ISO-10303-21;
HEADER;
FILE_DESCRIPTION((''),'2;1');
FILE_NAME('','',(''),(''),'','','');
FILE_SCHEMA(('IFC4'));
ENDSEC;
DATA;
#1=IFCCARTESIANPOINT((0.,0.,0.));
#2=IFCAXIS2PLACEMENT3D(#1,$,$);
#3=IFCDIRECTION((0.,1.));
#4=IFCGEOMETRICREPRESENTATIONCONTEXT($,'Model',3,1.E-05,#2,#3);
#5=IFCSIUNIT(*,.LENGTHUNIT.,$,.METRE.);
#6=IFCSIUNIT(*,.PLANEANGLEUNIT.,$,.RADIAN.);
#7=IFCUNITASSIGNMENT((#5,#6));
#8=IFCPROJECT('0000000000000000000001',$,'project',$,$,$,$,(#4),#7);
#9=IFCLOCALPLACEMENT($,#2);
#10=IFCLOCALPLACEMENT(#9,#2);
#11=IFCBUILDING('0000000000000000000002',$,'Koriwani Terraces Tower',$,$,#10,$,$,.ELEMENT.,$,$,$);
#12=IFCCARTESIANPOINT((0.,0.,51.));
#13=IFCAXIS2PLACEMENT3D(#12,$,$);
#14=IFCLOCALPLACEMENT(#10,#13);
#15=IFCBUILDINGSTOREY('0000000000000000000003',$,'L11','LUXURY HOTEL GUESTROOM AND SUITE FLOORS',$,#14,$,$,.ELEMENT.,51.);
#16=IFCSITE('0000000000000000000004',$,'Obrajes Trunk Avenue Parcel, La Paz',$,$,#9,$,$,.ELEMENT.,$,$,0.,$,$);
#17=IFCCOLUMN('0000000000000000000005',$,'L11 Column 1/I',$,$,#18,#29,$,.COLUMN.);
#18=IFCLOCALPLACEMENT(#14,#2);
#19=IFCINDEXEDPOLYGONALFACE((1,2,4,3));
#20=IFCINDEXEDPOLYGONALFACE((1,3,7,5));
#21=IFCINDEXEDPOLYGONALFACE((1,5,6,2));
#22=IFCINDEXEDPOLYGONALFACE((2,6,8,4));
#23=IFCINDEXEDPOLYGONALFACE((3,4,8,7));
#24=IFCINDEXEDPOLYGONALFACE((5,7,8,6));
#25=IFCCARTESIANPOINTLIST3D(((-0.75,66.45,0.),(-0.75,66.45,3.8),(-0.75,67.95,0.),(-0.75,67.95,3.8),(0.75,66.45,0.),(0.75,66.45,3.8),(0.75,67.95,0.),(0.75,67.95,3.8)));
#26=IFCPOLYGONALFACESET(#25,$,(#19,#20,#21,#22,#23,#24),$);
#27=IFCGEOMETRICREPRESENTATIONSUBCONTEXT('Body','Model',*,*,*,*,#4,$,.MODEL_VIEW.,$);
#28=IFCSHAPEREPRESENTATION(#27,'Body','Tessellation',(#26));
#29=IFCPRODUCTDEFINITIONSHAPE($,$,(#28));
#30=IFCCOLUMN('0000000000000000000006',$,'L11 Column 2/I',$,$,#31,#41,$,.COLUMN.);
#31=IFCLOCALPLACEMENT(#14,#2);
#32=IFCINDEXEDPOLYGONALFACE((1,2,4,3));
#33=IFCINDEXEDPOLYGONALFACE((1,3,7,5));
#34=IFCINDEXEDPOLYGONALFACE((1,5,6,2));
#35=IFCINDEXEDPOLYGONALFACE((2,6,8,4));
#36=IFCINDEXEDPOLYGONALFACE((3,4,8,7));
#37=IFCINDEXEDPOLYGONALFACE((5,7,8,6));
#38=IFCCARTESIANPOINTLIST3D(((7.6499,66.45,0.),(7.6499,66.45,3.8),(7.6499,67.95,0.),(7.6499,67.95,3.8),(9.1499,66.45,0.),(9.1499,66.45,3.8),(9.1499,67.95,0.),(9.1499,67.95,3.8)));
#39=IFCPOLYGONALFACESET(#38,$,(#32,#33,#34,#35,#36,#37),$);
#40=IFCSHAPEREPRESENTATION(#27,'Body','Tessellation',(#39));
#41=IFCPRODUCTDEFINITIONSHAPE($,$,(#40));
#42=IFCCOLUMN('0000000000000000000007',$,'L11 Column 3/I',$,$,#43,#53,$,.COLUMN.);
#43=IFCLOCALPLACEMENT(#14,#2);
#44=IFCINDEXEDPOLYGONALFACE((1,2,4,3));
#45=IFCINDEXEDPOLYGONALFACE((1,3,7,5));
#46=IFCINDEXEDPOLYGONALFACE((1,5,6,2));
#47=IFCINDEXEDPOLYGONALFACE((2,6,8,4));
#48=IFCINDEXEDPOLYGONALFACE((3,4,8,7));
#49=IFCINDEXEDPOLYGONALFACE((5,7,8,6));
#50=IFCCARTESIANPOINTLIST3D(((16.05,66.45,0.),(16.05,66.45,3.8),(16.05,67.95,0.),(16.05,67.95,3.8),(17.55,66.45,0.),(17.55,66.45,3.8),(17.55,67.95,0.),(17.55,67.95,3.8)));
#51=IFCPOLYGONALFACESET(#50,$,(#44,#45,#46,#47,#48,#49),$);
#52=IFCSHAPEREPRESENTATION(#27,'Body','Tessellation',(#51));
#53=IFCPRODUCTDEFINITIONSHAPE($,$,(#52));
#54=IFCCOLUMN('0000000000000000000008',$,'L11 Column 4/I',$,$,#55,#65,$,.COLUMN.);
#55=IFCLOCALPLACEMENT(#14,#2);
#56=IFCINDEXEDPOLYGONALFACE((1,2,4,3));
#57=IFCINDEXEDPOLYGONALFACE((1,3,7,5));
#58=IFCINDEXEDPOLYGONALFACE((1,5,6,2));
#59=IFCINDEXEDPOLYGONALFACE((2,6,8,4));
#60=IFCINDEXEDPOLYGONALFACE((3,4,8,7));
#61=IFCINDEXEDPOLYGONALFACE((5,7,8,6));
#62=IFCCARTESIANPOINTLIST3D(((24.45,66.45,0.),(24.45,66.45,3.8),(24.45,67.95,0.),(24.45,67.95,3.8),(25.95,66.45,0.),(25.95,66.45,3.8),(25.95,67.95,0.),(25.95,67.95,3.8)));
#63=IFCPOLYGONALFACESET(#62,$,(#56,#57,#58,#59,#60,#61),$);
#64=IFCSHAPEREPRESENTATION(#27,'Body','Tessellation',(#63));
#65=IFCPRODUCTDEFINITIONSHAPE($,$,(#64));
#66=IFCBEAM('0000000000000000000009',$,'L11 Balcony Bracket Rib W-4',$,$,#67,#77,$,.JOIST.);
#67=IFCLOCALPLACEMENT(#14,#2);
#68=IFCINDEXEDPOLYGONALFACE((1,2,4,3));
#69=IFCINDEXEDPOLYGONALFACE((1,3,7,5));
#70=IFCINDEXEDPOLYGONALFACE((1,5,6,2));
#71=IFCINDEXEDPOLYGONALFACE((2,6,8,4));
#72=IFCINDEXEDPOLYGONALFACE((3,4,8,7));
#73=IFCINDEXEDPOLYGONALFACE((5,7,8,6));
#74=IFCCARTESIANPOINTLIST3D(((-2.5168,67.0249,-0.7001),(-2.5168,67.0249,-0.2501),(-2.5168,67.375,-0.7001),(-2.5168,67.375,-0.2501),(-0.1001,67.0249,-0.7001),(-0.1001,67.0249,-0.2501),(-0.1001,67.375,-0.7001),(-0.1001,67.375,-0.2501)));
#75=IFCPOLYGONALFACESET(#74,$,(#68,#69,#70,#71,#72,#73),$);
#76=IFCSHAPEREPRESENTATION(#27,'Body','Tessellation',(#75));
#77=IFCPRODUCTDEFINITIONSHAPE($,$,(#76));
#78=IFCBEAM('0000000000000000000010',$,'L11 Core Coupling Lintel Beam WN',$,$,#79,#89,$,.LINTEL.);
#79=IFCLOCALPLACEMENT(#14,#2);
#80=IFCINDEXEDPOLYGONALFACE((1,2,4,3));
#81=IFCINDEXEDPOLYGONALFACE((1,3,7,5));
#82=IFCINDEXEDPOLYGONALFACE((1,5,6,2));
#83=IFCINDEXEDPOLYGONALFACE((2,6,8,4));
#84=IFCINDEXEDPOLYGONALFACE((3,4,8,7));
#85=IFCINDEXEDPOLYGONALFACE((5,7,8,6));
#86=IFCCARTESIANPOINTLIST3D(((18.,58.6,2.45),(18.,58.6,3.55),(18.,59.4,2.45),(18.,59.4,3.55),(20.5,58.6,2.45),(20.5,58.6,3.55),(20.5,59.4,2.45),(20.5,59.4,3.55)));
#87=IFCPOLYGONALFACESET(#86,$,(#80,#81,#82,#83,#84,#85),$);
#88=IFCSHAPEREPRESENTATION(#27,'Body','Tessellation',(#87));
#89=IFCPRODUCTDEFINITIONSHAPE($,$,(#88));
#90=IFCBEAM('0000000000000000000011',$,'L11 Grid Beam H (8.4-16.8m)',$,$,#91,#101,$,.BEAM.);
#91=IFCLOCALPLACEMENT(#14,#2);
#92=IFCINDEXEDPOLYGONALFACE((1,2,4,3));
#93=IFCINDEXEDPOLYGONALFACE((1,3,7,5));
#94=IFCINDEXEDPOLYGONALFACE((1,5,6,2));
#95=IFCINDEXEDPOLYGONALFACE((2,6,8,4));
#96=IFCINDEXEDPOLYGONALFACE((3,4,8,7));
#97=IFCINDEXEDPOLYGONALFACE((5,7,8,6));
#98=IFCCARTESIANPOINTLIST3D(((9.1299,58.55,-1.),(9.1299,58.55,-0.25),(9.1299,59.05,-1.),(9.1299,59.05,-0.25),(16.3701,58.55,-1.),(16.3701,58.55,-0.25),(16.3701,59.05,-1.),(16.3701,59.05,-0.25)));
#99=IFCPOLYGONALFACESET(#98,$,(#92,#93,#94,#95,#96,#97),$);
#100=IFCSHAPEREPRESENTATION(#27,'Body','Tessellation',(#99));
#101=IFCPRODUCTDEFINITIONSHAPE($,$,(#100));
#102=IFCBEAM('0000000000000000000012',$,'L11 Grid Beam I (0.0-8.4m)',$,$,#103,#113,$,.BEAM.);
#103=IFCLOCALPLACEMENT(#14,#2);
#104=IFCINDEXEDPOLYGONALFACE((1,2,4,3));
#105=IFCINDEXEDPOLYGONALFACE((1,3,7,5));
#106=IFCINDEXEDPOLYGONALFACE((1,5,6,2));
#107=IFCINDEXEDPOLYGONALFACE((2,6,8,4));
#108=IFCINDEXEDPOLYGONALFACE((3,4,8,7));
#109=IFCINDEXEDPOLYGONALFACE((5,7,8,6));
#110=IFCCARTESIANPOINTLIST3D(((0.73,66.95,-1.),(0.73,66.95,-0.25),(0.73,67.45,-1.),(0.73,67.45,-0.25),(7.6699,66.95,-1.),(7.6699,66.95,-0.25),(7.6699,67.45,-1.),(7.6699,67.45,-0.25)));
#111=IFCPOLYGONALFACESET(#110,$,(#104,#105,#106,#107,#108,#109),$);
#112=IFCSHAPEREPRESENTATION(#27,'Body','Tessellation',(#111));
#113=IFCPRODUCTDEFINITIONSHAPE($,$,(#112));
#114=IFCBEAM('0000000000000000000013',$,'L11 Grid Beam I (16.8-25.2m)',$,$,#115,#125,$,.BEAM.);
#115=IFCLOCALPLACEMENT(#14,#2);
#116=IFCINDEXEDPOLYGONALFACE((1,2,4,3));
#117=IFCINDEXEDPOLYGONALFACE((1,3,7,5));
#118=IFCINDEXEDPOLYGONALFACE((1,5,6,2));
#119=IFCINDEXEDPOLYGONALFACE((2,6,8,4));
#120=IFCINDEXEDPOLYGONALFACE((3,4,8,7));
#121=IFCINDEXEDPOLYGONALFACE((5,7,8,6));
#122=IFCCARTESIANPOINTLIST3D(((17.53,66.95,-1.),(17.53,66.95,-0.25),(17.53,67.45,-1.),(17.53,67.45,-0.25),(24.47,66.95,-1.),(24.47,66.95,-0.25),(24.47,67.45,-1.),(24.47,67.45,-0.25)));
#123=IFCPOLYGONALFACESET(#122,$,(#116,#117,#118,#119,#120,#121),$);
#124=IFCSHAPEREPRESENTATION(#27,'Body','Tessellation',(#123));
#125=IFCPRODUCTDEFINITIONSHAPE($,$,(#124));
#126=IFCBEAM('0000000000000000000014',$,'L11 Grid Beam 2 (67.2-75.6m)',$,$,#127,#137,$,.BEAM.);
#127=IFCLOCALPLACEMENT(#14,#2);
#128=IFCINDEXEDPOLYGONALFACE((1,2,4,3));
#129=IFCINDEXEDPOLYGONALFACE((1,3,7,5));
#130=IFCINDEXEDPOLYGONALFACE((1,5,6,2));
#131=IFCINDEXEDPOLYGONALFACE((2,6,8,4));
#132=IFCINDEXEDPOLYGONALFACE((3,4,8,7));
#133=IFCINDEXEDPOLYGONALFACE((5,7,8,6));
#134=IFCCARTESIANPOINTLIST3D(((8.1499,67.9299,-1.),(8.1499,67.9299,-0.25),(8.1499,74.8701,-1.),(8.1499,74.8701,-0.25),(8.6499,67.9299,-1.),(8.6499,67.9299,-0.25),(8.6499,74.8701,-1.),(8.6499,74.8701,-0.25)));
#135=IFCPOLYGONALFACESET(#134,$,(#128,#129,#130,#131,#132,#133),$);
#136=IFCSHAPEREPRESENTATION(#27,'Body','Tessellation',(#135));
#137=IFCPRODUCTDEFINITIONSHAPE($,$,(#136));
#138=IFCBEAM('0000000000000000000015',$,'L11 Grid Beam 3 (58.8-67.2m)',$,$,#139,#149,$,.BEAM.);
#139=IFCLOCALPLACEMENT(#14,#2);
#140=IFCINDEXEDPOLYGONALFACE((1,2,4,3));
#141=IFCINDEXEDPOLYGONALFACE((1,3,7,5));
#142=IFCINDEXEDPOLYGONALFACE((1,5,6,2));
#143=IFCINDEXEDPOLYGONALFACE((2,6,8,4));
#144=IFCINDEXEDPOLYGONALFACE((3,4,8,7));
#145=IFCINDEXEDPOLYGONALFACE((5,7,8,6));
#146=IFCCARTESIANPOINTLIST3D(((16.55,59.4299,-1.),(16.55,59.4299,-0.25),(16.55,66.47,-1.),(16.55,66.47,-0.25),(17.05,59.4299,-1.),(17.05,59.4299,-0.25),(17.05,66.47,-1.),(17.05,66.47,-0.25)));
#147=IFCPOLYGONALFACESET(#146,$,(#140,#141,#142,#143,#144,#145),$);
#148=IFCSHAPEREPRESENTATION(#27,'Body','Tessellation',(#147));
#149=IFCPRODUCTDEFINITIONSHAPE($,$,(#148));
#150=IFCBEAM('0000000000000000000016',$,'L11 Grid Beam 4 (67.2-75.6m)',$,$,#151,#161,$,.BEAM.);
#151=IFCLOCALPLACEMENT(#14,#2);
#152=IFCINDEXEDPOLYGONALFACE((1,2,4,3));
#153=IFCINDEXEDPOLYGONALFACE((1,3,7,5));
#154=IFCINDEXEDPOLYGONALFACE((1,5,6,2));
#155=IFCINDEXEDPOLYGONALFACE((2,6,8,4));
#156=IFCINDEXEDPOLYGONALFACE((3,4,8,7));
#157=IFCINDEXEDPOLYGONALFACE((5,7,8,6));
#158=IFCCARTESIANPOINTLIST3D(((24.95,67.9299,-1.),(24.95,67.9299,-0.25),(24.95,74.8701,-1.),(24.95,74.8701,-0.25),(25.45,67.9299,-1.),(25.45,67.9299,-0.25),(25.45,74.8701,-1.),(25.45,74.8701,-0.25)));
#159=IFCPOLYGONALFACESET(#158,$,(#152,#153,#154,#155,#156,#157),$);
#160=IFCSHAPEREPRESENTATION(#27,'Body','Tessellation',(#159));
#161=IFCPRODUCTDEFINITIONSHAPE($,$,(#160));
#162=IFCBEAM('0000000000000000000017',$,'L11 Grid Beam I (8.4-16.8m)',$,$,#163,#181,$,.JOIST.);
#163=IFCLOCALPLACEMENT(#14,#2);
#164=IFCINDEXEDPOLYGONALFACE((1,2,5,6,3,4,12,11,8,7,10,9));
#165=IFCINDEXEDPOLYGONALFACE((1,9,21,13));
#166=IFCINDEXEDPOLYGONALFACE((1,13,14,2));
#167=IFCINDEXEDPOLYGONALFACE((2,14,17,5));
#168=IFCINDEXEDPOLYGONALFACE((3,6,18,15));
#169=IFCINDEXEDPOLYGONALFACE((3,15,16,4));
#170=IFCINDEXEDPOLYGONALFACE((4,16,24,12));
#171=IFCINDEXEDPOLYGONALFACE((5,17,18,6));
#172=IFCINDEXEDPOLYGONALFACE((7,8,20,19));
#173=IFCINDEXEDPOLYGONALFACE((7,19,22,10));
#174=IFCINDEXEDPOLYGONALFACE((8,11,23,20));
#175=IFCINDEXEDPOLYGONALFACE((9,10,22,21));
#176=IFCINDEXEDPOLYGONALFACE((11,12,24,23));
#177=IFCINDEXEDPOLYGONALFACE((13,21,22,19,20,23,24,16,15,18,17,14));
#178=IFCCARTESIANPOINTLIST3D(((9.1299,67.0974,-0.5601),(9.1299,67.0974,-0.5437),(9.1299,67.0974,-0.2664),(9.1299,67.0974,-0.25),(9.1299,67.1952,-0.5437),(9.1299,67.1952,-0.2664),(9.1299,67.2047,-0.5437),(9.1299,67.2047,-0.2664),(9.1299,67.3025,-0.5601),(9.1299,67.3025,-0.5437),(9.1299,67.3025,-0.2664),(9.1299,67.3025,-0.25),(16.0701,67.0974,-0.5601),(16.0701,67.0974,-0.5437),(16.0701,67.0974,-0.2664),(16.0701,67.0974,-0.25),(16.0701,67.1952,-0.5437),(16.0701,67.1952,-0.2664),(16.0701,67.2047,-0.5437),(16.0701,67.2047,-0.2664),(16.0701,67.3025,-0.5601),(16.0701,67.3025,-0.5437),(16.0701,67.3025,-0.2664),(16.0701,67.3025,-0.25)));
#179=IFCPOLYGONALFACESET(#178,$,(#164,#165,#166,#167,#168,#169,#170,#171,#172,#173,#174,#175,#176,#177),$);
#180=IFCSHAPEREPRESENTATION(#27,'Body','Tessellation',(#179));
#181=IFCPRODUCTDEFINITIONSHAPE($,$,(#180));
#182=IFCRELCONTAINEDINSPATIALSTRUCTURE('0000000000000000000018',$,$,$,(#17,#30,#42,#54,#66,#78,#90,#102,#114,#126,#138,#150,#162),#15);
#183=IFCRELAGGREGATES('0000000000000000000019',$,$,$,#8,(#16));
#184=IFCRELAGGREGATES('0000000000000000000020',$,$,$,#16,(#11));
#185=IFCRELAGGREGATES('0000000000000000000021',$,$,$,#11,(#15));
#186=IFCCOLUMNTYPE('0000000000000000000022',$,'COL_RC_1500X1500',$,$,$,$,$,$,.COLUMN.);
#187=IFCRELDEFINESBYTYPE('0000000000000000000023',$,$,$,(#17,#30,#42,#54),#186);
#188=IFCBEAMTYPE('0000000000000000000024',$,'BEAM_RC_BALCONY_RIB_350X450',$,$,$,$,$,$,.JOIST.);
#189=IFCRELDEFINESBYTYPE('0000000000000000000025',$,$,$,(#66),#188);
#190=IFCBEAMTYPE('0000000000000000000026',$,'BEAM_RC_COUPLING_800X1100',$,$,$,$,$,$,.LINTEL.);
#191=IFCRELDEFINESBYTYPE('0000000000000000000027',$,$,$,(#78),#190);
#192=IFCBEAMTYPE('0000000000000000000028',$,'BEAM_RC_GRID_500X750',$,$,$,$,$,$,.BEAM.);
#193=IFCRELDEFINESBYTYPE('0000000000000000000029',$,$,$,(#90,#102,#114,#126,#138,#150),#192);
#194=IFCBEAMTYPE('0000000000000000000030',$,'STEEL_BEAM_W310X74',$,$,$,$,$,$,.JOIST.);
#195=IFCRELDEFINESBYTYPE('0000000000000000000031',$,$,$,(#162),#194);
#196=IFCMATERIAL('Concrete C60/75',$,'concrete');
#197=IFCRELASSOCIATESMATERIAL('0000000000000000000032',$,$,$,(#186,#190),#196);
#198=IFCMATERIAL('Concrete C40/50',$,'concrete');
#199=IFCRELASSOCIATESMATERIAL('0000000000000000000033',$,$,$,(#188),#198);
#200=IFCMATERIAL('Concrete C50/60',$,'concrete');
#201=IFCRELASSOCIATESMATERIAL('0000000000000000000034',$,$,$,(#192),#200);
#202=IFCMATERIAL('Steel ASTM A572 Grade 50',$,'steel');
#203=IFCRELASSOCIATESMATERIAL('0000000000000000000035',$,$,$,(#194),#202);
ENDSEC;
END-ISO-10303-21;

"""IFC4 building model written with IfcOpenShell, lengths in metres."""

from ifc_helpers import new_model, si_unit, direction, frame, origin, origin_2d, place, context, subcontext, project, spatial, rectangle, i_section, extrude, material, material_profile, profile_set, type_object, element, save


model = new_model("IFC4")

# Units and contexts
model_context = context("Model", 3, precision=1e-05, world=origin(), true_north=direction((0.0, 1.0)))
body_context = subcontext(model_context, "Body", "Model", "MODEL_VIEW")
ifc_project = project(units=[si_unit("LENGTHUNIT", "METRE"), si_unit("PLANEANGLEUNIT", "RADIAN")], contexts=[model_context])

# Site, building, storey
site_placement = place(None, origin())
site = spatial("IfcSite", under=ifc_project, at=site_placement, Name="Obrajes Trunk Avenue Parcel, La Paz", CompositionType="ELEMENT", RefElevation=0.0)
building_placement = place(site_placement, origin())
building = spatial("IfcBuilding", under=site, at=building_placement, Name="Koriwani Terraces Tower", CompositionType="ELEMENT")
storey_placement = place(building_placement, frame((0.0, 0.0, 51.0)))
storey = spatial("IfcBuildingStorey", under=building, at=storey_placement, Name="L11", Description="LUXURY HOTEL GUESTROOM AND SUITE FLOORS", CompositionType="ELEMENT", Elevation=51.0)

# Columns
ifc_material_1 = material(Name="Concrete C60/75", Category="concrete")
ifc_material_profile_1 = material_profile(ifc_material_1, rectangle(XDim=1.5, YDim=1.5, at=origin_2d()), Name="Concrete C60/75", Category="LoadBearing")
ifc_profile_set_1 = profile_set([ifc_material_profile_1], Name="Concrete C60/75")
column_type = type_object("IfcColumnType", Name="COL_RC_1500X1500", PredefinedType="COLUMN", material=ifc_profile_set_1)
for number, where, z_axis, x_axis, name in (
    (1, (0.0, 67.2, 0.0), (0.0, 0.0, 1.0), (1.0, 0.0, 0.0), "L11 Column 1/I"),
    (2, (8.3999, 67.2, 0.0), (0.0, 0.0, 1.0), (1.0, 0.0, 0.0), "L11 Column 2/I"),
    (3, (16.8, 67.2, 0.0), (0.0, 0.0, 1.0), (1.0, 0.0, 0.0), "L11 Column 3/I"),
    (4, (25.2, 67.2, 0.0), (0.0, 0.0, 1.0), (1.0, 0.0, 0.0), "L11 Column 4/I"),
):
    element("IfcColumn", number, at=place(storey_placement, frame(where, z_axis=z_axis, x_axis=x_axis)), inside=storey, type_object=column_type, Name=name, PredefinedType="COLUMN", context=body_context, shape_type="SweptSolid", body=[
        extrude(rectangle(XDim=1.5, YDim=1.5, at=origin_2d()), origin(), (0.0, 0.0, 1.0), 3.8),
    ])

# Beams
ifc_material_2 = material(Name="Concrete C40/50", Category="concrete")
ifc_material_profile_2 = material_profile(ifc_material_2, rectangle(XDim=0.3501, YDim=0.45, at=origin_2d()), Name="Concrete C40/50", Category="LoadBearing")
ifc_profile_set_2 = profile_set([ifc_material_profile_2], Name="Concrete C40/50")
beam_type_1 = type_object("IfcBeamType", Name="BEAM_RC_BALCONY_RIB_350X450", PredefinedType="JOIST", material=ifc_profile_set_2)
beam_1_placement = place(storey_placement, frame((-2.5168, 67.2, -0.4751), z_axis=(1.0, 0.0, 0.0), x_axis=(0.0, 1.0, 0.0)))
element("IfcBeam", 5, at=beam_1_placement, inside=storey, type_object=beam_type_1, Name="L11 Balcony Bracket Rib W-4", PredefinedType="JOIST", context=body_context, shape_type="SweptSolid", body=[
    extrude(rectangle(XDim=0.3501, YDim=0.45, at=origin_2d()), origin(), (0.0, 0.0, 1.0), 2.4167),
])
ifc_material_profile_3 = material_profile(ifc_material_1, rectangle(XDim=0.8, YDim=1.1001, at=origin_2d()), Name="Concrete C60/75", Category="LoadBearing")
ifc_profile_set_3 = profile_set([ifc_material_profile_3], Name="Concrete C60/75")
beam_type_2 = type_object("IfcBeamType", Name="BEAM_RC_COUPLING_800X1100", PredefinedType="LINTEL", material=ifc_profile_set_3)
beam_2_placement = place(storey_placement, frame((18.0, 59.0, 3.0), z_axis=(1.0, 0.0, 0.0), x_axis=(0.0, 1.0, 0.0)))
element("IfcBeam", 6, at=beam_2_placement, inside=storey, type_object=beam_type_2, Name="L11 Core Coupling Lintel Beam WN", PredefinedType="LINTEL", context=body_context, shape_type="SweptSolid", body=[
    extrude(rectangle(XDim=0.8, YDim=1.1001, at=origin_2d()), origin(), (0.0, 0.0, 1.0), 2.5),
])
ifc_material_3 = material(Name="Concrete C50/60", Category="concrete")
ifc_material_profile_4 = material_profile(ifc_material_3, rectangle(XDim=0.5, YDim=0.75, at=origin_2d()), Name="Concrete C50/60", Category="LoadBearing")
ifc_profile_set_4 = profile_set([ifc_material_profile_4], Name="Concrete C50/60")
beam_type_3 = type_object("IfcBeamType", Name="BEAM_RC_GRID_500X750", PredefinedType="BEAM", material=ifc_profile_set_4)
beam_3_placement = place(storey_placement, frame((9.1299, 58.8, -0.625), z_axis=(1.0, 0.0, 0.0), x_axis=(0.0, 1.0, 0.0)))
element("IfcBeam", 7, at=beam_3_placement, inside=storey, type_object=beam_type_3, Name="L11 Grid Beam H (8.4-16.8m)", PredefinedType="BEAM", context=body_context, shape_type="SweptSolid", body=[
    extrude(rectangle(XDim=0.5, YDim=0.75, at=origin_2d()), origin(), (0.0, 0.0, 1.0), 7.2402),
])
for number, where, z_axis, x_axis, name in (
    (8, (0.73, 67.2, -0.625), (1.0, 0.0, 0.0), (0.0, 1.0, 0.0), "L11 Grid Beam I (0.0-8.4m)"),
    (9, (17.53, 67.2, -0.625), (1.0, 0.0, 0.0), (0.0, 1.0, 0.0), "L11 Grid Beam I (16.8-25.2m)"),
):
    element("IfcBeam", number, at=place(storey_placement, frame(where, z_axis=z_axis, x_axis=x_axis)), inside=storey, type_object=beam_type_3, Name=name, PredefinedType="BEAM", context=body_context, shape_type="SweptSolid", body=[
        extrude(rectangle(XDim=0.5, YDim=0.75, at=origin_2d()), origin(), (0.0, 0.0, 1.0), 6.9399),
    ])
beam_4_placement = place(storey_placement, frame((8.3999, 67.9299, -0.625), z_axis=(0.0, 1.0, 0.0), x_axis=(-1.0, 0.0, 0.0)))
element("IfcBeam", 10, at=beam_4_placement, inside=storey, type_object=beam_type_3, Name="L11 Grid Beam 2 (67.2-75.6m)", PredefinedType="BEAM", context=body_context, shape_type="SweptSolid", body=[
    extrude(rectangle(XDim=0.5, YDim=0.75, at=origin_2d()), origin(), (0.0, 0.0, 1.0), 6.9402),
])
beam_5_placement = place(storey_placement, frame((16.8, 59.4299, -0.625), z_axis=(0.0, 1.0, 0.0), x_axis=(-1.0, 0.0, 0.0)))
element("IfcBeam", 11, at=beam_5_placement, inside=storey, type_object=beam_type_3, Name="L11 Grid Beam 3 (58.8-67.2m)", PredefinedType="BEAM", context=body_context, shape_type="SweptSolid", body=[
    extrude(rectangle(XDim=0.5, YDim=0.75, at=origin_2d()), origin(), (0.0, 0.0, 1.0), 7.04),
])
beam_6_placement = place(storey_placement, frame((25.2, 67.9299, -0.625), z_axis=(0.0, 1.0, 0.0), x_axis=(-1.0, 0.0, 0.0)))
element("IfcBeam", 12, at=beam_6_placement, inside=storey, type_object=beam_type_3, Name="L11 Grid Beam 4 (67.2-75.6m)", PredefinedType="BEAM", context=body_context, shape_type="SweptSolid", body=[
    extrude(rectangle(XDim=0.5, YDim=0.75, at=origin_2d()), origin(), (0.0, 0.0, 1.0), 6.9402),
])
ifc_material_4 = material(Name="Steel ASTM A572 Grade 50", Category="steel")
ifc_material_profile_5 = material_profile(ifc_material_4, i_section(OverallWidth=0.2051, OverallDepth=0.3101, WebThickness=0.0095, FlangeThickness=0.0164, at=origin_2d()), Name="Steel ASTM A572 Grade 50", Category="LoadBearing")
ifc_profile_set_5 = profile_set([ifc_material_profile_5], Name="Steel ASTM A572 Grade 50")
beam_type_4 = type_object("IfcBeamType", Name="STEEL_BEAM_W310X74", PredefinedType="JOIST", material=ifc_profile_set_5)
beam_7_placement = place(storey_placement, frame((9.1299, 67.2, -0.405), z_axis=(1.0, 0.0, 0.0), x_axis=(0.0, 1.0, 0.0)))
element("IfcBeam", 13, at=beam_7_placement, inside=storey, type_object=beam_type_4, Name="L11 Grid Beam I (8.4-16.8m)", PredefinedType="JOIST", context=body_context, shape_type="SweptSolid", body=[
    extrude(i_section(OverallWidth=0.2051, OverallDepth=0.3101, WebThickness=0.0095, FlangeThickness=0.0164, at=origin_2d()), origin(), (0.0, 0.0, 1.0), 6.9402),
])

save(model, "model.ifc")
